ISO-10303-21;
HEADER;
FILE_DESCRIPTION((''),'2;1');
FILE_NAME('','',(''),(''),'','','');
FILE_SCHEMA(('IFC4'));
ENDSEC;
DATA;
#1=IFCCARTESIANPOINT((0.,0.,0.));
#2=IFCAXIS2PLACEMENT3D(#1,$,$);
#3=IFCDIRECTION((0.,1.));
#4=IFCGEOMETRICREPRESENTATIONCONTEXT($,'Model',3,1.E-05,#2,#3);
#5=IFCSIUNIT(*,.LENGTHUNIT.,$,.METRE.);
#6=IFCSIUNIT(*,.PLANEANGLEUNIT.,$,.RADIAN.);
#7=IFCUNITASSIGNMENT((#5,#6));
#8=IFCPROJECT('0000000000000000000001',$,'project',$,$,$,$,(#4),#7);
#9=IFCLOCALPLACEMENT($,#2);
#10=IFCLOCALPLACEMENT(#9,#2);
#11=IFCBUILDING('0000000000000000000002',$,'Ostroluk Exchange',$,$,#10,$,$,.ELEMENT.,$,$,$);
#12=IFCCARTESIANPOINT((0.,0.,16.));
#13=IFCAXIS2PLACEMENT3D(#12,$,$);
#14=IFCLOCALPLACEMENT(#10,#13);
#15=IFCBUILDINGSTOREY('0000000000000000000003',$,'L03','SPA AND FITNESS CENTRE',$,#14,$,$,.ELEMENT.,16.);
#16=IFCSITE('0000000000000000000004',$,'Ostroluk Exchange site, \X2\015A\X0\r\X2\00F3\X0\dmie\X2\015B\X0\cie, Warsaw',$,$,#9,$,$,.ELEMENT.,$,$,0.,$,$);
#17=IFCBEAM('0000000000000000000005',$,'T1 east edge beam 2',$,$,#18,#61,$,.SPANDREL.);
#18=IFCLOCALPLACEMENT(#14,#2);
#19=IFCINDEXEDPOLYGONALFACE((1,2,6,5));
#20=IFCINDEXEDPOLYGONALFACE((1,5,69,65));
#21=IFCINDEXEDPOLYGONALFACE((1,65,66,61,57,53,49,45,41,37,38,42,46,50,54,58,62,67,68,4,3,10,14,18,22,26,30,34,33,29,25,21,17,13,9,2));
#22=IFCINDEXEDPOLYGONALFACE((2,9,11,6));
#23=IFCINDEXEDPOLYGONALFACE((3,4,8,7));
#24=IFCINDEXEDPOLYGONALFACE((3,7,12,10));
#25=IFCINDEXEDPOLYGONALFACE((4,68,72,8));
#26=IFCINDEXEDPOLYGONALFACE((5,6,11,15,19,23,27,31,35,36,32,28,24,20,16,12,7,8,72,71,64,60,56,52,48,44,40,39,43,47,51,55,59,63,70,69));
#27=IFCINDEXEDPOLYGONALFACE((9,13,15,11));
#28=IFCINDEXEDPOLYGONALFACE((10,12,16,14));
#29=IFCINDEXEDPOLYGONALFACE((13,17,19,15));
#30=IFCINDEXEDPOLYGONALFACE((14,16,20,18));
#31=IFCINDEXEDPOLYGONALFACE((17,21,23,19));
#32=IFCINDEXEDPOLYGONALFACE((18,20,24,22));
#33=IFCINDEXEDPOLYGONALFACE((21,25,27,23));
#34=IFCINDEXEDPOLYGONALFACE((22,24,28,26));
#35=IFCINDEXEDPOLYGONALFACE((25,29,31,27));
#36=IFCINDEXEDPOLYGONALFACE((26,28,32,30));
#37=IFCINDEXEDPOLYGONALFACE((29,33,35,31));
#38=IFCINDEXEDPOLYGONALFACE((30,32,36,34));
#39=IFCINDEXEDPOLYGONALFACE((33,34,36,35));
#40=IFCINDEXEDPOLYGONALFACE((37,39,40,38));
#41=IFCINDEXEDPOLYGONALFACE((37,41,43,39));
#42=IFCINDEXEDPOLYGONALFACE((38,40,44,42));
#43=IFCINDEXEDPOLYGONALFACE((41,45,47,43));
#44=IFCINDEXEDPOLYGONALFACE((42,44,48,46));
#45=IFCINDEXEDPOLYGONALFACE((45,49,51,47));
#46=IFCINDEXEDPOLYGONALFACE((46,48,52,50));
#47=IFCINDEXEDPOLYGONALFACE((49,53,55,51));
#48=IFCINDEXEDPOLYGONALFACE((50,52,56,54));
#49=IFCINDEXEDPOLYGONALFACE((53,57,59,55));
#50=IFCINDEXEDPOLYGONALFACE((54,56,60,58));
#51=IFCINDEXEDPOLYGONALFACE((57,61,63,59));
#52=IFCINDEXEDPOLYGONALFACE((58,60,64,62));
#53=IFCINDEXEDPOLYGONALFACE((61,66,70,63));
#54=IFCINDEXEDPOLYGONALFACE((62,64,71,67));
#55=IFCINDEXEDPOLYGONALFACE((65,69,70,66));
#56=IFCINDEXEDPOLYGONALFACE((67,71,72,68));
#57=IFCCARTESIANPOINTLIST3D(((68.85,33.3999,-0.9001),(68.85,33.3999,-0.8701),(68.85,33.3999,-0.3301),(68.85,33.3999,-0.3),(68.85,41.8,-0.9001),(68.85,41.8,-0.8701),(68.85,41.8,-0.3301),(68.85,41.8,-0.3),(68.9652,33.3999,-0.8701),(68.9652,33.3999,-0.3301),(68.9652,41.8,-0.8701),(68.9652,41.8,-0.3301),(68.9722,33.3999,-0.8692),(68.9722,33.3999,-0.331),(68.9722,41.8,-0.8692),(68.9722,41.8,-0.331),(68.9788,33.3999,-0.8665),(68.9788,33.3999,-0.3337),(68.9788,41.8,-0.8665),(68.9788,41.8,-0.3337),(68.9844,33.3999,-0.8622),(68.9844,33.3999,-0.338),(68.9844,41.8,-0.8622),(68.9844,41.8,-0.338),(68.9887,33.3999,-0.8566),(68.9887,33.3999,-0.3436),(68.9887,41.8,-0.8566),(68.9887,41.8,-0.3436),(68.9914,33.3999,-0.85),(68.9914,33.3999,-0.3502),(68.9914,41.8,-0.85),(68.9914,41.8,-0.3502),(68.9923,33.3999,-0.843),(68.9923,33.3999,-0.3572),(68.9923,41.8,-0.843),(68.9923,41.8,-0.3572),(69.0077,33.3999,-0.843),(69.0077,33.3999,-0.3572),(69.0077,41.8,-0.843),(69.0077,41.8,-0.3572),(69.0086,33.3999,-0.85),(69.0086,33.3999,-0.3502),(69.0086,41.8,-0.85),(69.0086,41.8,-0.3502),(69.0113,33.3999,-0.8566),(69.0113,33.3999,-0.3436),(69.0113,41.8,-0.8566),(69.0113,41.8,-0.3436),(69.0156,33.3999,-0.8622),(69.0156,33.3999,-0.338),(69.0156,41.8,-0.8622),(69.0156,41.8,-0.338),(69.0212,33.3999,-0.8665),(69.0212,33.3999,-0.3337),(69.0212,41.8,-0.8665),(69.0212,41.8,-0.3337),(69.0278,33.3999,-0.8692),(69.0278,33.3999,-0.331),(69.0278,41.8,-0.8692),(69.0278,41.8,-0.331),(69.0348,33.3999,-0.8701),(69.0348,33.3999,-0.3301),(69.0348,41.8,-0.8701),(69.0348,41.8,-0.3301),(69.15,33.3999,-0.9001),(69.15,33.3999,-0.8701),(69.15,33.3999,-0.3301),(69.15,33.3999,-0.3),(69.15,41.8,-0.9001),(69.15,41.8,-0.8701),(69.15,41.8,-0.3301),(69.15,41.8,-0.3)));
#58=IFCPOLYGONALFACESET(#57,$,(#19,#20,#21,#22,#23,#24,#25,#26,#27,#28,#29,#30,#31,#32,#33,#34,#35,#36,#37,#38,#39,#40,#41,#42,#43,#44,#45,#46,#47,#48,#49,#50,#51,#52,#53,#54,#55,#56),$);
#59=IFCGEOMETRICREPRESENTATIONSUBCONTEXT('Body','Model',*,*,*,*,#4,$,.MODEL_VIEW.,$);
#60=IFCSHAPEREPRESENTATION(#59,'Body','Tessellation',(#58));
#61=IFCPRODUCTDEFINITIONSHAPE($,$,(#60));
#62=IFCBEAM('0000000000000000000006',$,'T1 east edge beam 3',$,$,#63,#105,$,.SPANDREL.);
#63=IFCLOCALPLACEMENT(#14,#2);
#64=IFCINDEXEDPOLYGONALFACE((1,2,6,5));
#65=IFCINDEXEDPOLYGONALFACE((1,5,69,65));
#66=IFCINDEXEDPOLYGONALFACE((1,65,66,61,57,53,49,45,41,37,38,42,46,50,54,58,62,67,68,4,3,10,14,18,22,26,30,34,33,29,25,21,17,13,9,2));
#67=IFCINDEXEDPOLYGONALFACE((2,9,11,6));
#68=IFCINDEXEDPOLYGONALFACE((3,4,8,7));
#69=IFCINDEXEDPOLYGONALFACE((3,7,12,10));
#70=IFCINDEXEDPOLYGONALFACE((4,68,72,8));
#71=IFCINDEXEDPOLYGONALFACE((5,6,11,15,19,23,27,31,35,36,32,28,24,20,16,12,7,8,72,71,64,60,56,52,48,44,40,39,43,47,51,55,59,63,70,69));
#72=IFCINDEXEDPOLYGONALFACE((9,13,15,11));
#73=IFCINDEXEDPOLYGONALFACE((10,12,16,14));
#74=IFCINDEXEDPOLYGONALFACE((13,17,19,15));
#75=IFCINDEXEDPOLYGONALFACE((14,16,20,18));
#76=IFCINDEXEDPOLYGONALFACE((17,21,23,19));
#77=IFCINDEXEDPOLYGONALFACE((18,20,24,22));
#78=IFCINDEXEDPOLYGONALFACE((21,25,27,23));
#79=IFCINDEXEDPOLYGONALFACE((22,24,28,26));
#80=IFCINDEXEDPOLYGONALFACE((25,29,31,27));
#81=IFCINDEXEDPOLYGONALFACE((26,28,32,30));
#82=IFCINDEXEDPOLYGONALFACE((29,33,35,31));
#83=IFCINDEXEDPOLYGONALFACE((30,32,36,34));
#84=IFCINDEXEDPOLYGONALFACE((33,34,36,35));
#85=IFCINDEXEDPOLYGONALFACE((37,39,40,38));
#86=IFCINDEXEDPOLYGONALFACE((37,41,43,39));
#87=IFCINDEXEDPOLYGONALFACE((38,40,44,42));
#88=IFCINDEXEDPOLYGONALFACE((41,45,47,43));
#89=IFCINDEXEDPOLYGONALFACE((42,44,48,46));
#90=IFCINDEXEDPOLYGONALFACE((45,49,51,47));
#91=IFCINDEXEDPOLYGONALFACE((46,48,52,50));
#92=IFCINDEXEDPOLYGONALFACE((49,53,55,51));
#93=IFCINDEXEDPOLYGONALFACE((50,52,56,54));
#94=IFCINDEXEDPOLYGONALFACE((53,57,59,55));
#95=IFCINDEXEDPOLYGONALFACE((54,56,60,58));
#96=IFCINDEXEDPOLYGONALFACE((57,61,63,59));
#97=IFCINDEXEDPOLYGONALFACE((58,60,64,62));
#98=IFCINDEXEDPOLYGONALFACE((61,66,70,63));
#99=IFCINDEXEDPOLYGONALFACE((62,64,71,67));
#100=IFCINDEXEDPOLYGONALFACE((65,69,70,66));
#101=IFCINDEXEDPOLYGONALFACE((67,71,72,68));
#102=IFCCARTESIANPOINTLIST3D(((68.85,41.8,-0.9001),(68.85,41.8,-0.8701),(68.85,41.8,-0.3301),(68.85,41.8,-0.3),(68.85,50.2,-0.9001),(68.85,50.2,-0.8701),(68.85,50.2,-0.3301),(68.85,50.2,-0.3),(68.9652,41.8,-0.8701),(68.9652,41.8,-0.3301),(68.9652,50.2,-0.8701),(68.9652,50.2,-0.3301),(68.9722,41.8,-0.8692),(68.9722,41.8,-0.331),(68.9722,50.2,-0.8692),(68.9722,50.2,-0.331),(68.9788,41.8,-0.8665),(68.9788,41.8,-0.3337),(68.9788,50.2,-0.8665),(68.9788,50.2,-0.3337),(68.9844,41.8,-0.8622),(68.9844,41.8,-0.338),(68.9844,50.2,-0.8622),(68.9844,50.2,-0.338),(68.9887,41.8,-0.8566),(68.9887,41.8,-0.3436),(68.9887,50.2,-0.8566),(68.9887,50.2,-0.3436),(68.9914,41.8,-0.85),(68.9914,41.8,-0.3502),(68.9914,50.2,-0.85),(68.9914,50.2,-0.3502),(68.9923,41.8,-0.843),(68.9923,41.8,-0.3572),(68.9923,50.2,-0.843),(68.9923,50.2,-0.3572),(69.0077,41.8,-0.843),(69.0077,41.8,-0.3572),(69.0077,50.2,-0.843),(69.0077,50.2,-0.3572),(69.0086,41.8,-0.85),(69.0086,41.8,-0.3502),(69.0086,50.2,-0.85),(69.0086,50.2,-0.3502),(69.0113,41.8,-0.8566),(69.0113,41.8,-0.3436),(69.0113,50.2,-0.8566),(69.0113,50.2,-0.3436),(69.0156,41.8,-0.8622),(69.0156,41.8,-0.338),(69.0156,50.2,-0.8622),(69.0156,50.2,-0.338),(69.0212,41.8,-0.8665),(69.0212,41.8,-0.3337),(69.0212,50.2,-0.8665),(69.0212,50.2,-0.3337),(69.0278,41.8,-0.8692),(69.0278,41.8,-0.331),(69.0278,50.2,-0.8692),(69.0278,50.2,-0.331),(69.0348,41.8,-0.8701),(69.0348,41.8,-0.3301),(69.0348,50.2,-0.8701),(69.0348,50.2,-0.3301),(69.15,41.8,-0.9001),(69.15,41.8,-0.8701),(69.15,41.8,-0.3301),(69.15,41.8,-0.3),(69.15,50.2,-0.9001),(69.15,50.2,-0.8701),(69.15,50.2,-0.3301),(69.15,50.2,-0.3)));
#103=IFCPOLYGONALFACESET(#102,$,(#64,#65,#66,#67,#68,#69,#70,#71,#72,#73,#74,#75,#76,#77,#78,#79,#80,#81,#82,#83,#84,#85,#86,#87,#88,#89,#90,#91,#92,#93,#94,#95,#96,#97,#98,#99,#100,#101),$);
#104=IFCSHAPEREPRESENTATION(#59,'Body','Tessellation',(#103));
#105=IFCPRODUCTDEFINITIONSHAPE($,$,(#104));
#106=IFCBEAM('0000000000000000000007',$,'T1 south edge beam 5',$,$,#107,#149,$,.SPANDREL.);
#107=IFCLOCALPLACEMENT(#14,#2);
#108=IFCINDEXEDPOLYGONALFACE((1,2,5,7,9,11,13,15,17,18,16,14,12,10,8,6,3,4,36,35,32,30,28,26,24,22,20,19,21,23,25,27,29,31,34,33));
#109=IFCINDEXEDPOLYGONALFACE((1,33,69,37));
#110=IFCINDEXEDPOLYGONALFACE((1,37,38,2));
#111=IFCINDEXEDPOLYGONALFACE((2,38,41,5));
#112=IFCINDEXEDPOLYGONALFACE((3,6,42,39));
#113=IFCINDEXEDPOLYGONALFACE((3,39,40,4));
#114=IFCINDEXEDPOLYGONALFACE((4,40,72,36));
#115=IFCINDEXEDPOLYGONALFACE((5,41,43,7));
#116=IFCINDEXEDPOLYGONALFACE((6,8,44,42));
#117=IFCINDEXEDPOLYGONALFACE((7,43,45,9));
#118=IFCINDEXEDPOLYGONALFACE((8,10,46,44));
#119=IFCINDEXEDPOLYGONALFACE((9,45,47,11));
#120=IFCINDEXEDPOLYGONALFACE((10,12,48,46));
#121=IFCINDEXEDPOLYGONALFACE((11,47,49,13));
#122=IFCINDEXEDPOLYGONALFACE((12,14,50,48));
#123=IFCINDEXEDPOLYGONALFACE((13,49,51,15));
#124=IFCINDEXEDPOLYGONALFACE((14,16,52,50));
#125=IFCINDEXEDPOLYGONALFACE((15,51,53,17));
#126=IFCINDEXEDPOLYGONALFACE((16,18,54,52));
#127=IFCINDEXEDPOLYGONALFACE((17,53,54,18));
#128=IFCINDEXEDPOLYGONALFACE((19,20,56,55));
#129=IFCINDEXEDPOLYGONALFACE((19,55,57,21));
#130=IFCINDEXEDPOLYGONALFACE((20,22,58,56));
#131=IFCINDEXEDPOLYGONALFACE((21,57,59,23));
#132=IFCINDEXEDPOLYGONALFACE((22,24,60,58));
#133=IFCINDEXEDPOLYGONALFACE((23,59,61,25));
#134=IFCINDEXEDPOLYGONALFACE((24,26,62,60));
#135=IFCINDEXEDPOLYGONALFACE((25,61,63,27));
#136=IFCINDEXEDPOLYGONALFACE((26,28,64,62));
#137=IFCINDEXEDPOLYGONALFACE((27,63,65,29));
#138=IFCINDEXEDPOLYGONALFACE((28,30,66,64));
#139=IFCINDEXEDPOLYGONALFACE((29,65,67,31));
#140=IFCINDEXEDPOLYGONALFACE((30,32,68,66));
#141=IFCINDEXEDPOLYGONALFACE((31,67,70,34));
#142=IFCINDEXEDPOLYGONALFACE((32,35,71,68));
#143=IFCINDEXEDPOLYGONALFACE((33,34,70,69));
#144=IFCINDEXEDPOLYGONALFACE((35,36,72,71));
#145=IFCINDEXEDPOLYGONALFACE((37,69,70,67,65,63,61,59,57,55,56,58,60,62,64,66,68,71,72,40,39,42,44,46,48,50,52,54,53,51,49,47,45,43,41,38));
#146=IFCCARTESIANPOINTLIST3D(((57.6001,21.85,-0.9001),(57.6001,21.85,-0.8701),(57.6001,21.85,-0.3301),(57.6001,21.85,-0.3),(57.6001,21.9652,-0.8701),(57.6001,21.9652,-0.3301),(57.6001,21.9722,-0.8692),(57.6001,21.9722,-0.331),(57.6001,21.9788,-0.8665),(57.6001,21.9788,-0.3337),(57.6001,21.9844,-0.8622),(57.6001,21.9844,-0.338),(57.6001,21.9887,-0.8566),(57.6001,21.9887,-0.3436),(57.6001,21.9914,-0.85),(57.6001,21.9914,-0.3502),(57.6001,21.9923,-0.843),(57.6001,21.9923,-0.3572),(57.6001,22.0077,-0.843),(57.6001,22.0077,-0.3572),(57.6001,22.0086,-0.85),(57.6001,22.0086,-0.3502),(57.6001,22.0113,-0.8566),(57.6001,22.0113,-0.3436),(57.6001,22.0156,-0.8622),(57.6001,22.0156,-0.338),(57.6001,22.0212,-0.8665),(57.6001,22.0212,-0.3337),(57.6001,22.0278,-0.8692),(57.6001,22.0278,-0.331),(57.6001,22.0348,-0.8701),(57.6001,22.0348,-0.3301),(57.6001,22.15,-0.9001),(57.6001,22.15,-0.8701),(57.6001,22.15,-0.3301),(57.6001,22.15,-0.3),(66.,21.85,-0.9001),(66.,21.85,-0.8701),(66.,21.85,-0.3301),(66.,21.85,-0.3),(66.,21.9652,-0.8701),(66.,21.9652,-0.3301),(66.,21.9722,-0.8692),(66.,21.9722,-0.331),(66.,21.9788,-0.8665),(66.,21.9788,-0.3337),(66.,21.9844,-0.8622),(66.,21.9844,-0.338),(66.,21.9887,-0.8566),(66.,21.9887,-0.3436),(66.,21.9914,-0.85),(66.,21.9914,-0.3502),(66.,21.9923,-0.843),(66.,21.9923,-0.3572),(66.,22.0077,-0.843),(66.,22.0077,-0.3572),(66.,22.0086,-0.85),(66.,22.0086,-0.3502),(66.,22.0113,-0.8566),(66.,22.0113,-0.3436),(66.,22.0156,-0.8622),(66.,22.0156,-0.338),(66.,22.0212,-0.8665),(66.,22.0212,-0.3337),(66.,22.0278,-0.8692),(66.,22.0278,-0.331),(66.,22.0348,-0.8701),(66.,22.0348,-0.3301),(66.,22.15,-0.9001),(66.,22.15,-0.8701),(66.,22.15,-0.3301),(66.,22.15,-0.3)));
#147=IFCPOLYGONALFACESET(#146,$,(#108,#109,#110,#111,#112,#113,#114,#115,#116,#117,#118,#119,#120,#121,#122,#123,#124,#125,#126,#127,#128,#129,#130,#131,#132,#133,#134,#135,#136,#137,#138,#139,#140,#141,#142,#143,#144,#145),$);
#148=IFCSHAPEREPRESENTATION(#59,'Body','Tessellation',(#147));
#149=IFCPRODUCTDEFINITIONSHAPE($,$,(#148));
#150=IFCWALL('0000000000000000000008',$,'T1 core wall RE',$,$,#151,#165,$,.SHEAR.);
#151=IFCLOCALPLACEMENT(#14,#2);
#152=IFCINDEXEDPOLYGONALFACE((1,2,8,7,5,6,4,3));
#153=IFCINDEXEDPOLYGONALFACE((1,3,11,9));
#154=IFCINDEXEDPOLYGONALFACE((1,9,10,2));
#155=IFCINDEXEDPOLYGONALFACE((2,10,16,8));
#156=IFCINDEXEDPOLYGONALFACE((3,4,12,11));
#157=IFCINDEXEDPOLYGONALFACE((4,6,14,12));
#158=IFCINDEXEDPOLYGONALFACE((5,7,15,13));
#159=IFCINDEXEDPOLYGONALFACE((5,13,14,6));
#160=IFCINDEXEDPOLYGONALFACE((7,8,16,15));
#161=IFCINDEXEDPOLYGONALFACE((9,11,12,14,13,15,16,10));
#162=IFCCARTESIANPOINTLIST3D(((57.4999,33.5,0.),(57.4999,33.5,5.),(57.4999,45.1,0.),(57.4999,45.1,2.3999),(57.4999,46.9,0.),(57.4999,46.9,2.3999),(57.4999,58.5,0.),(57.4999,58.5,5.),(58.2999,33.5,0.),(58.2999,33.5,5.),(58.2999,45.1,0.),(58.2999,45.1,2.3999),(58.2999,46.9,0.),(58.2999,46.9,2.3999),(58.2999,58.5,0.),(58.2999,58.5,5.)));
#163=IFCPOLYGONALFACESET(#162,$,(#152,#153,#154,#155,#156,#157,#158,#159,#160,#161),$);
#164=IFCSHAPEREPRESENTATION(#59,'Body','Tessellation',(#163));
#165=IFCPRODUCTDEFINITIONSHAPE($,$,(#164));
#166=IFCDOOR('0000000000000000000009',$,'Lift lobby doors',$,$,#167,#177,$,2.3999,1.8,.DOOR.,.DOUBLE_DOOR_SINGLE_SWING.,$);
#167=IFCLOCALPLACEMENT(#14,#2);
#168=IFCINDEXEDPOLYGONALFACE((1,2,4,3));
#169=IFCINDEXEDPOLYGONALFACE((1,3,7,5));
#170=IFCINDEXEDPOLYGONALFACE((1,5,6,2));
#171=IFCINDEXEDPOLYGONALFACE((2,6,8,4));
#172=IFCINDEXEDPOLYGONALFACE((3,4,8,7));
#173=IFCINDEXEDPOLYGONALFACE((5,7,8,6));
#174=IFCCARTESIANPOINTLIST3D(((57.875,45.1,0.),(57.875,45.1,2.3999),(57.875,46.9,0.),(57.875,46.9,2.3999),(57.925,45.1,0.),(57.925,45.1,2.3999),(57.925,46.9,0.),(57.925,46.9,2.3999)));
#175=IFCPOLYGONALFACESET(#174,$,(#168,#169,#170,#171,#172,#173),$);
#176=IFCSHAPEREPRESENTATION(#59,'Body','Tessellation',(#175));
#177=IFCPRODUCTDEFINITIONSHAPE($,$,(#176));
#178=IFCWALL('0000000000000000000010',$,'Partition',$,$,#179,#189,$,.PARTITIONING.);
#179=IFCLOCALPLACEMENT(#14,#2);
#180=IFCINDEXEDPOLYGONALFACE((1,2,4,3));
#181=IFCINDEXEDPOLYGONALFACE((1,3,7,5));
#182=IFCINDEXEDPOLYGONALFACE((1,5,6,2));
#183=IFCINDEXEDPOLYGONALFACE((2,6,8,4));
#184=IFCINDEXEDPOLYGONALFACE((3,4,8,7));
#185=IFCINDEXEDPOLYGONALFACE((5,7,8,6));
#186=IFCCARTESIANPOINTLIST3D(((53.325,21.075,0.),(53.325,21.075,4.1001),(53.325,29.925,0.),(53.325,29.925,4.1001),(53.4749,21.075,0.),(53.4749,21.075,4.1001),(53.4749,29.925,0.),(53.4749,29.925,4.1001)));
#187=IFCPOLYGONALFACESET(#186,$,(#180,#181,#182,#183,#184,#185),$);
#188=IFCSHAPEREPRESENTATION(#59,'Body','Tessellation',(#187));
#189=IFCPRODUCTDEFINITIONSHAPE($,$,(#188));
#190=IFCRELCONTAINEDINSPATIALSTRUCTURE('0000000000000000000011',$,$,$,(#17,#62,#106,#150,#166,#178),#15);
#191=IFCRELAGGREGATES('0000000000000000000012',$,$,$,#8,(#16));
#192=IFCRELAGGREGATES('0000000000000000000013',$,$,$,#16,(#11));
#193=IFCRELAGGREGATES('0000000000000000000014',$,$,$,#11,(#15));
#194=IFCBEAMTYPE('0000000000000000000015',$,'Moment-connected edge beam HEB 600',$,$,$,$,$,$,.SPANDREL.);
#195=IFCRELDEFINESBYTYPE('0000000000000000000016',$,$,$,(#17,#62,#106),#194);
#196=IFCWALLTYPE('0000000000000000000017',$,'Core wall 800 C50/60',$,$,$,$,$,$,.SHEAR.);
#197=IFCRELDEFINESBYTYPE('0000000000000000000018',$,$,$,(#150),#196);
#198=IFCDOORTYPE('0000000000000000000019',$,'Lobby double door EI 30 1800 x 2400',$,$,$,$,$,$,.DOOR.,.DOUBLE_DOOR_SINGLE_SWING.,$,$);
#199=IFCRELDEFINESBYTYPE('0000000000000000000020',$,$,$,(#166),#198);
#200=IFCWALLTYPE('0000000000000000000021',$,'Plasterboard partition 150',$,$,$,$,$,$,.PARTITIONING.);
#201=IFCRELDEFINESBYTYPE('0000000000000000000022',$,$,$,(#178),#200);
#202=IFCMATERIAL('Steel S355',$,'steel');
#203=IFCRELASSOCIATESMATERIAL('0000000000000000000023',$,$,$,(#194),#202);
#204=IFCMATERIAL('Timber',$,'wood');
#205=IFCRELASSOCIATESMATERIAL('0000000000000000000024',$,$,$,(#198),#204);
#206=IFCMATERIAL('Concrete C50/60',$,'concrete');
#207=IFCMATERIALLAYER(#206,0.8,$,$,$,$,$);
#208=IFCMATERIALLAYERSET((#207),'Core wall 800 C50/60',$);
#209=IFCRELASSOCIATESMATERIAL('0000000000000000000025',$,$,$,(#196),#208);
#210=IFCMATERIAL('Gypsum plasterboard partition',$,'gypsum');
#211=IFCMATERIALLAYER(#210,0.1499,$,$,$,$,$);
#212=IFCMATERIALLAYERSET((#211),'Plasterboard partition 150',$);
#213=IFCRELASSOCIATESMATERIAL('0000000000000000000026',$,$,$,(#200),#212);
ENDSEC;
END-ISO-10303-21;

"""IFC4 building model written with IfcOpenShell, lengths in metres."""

from ifc_helpers import new_model, si_unit, direction, frame, frame_2d, origin, origin_2d, place, context, subcontext, project, spatial, rectangle, i_section, extrude, material, layer, layer_set, material_profile, profile_set, type_object, element, fill, save


model = new_model("IFC4")

# Units and contexts
model_context = context("Model", 3, precision=1e-05, world=origin(), true_north=direction((0.0, 1.0)))
body_context = subcontext(model_context, "Body", "Model", "MODEL_VIEW")
ifc_project = project(units=[si_unit("LENGTHUNIT", "METRE"), si_unit("PLANEANGLEUNIT", "RADIAN")], contexts=[model_context])

# Site, building, storey
site_placement = place(None, origin())
site = spatial("IfcSite", under=ifc_project, at=site_placement, Name="Ostroluk Exchange site, Śródmieście, Warsaw", CompositionType="ELEMENT", RefElevation=0.0)
building_placement = place(site_placement, origin())
building = spatial("IfcBuilding", under=site, at=building_placement, Name="Ostroluk Exchange", CompositionType="ELEMENT")
storey_placement = place(building_placement, frame((0.0, 0.0, 16.0)))
storey = spatial("IfcBuildingStorey", under=building, at=storey_placement, Name="L03", Description="SPA AND FITNESS CENTRE", CompositionType="ELEMENT", Elevation=16.0)

# Beams
ifc_material_1 = material(Name="Steel S355", Category="steel")
ifc_material_profile_1 = material_profile(ifc_material_1, i_section(OverallWidth=0.3, OverallDepth=0.6001, WebThickness=0.0154, FlangeThickness=0.03, FilletRadius=0.0271, at=origin_2d()), Name="HEB 600")
ifc_profile_set_1 = profile_set([ifc_material_profile_1], Name="Steel S355")
beam_type_1 = type_object("IfcBeamType", Name="Moment-connected edge beam HEB 600", PredefinedType="SPANDREL", material=ifc_profile_set_1)
beam_1_placement = place(storey_placement, frame((69.0, 33.3999, -0.6001), z_axis=(0.0, 1.0, 0.0), x_axis=(-1.0, 0.0, 0.0)))
element("IfcBeam", 1, at=beam_1_placement, inside=storey, type_object=beam_type_1, Name="T1 east edge beam 2", PredefinedType="SPANDREL", context=body_context, shape_type="SweptSolid", body=[
    extrude(i_section(OverallWidth=0.3, OverallDepth=0.6001, WebThickness=0.0154, FlangeThickness=0.03, FilletRadius=0.0271, at=origin_2d()), origin(), (0.0, 0.0, 1.0), 8.4001),
])
for number, where, z_axis, x_axis, name in (
    (2, (69.0, 41.8, -0.6001), (0.0, 1.0, 0.0), (-1.0, 0.0, 0.0), "T1 east edge beam 3"),
    (3, (57.6001, 22.0, -0.6001), (1.0, 0.0, 0.0), (0.0, 1.0, 0.0), "T1 south edge beam 5"),
):
    element("IfcBeam", number, at=place(storey_placement, frame(where, z_axis=z_axis, x_axis=x_axis)), inside=storey, type_object=beam_type_1, Name=name, PredefinedType="SPANDREL", context=body_context, shape_type="SweptSolid", body=[
        extrude(i_section(OverallWidth=0.3, OverallDepth=0.6001, WebThickness=0.0154, FlangeThickness=0.03, FilletRadius=0.0271, at=origin_2d()), origin(), (0.0, 0.0, 1.0), 8.3999),
    ])

# Wall, opening, door
ifc_material_2 = material(Name="Timber", Category="wood")
door_type_1 = type_object("IfcDoorType", Name="Lobby double door EI 30 1800 x 2400", OperationType="DOUBLE_DOOR_SINGLE_SWING", PredefinedType="DOOR", material=ifc_material_2)
ifc_material_3 = material(Name="Concrete C50/60", Category="concrete")
ifc_layer_1 = layer(ifc_material_3, 0.8)
ifc_layer_set_1 = layer_set([ifc_layer_1], Name="Core wall 800 C50/60")
wall_type_1 = type_object("IfcWallType", Name="Core wall 800 C50/60", PredefinedType="SHEAR", material=ifc_layer_set_1)
wall_1_placement = place(storey_placement, frame((57.8999, 33.5, 0.0), z_axis=(0.0, 0.0, 1.0), x_axis=(0.0, 1.0, 0.0)))
wall_1 = element("IfcWall", 4, at=wall_1_placement, inside=storey, type_object=wall_type_1, Name="T1 core wall RE", PredefinedType="SHEAR", context=body_context, shape_type="SweptSolid", body=[
    extrude(rectangle(XDim=25.0, YDim=0.8, at=frame_2d((12.5, 0.0))), origin(), (0.0, 0.0, 1.0), 5.0),
])
opening_1_placement = place(wall_1_placement, frame((11.6001, 0.0, 0.0)))
opening_1 = element("IfcOpeningElement", 5, at=opening_1_placement, cuts=wall_1, PredefinedType="OPENING", context=body_context, shape_type="SweptSolid", body=[
    extrude(rectangle(XDim=1.8, YDim=2.3999, at=frame_2d((0.8999, 1.2))), frame((0.0, 0.4099, 0.0), z_axis=(0.0, -1.0, 0.0), x_axis=(1.0, 0.0, 0.0)), (0.0, 0.0, 1.0), 0.8201),
])
door_1_placement = place(opening_1_placement, origin())
door_1 = element("IfcDoor", 6, at=door_1_placement, inside=storey, type_object=door_type_1, Name="Lift lobby doors", OperationType="DOUBLE_DOOR_SINGLE_SWING", OverallHeight=2.3999, OverallWidth=1.8, PredefinedType="DOOR", context=body_context, shape_type="SweptSolid", body=[
    extrude(rectangle(XDim=1.8, YDim=2.3999, at=frame_2d((0.8999, 1.2))), frame((0.0, 0.0249, 0.0), z_axis=(0.0, -1.0, 0.0), x_axis=(1.0, 0.0, 0.0)), (0.0, 0.0, 1.0), 0.05),
])
fill(opening_1, door_1)

# Wall
ifc_material_4 = material(Name="Gypsum plasterboard partition", Category="gypsum")
ifc_layer_2 = layer(ifc_material_4, 0.1499)
ifc_layer_set_2 = layer_set([ifc_layer_2], Name="Plasterboard partition 150")
wall_type_2 = type_object("IfcWallType", Name="Plasterboard partition 150", PredefinedType="PARTITIONING", material=ifc_layer_set_2)
wall_2_placement = place(storey_placement, frame((53.3999, 21.075, 0.0), z_axis=(0.0, 0.0, 1.0), x_axis=(0.0, 1.0, 0.0)))
element("IfcWall", 7, at=wall_2_placement, inside=storey, type_object=wall_type_2, Name="Partition", PredefinedType="PARTITIONING", context=body_context, shape_type="SweptSolid", body=[
    extrude(rectangle(XDim=8.8501, YDim=0.1499, at=frame_2d((4.425, 0.0))), origin(), (0.0, 0.0, 1.0), 4.1001),
])

save(model, "model.ifc")
